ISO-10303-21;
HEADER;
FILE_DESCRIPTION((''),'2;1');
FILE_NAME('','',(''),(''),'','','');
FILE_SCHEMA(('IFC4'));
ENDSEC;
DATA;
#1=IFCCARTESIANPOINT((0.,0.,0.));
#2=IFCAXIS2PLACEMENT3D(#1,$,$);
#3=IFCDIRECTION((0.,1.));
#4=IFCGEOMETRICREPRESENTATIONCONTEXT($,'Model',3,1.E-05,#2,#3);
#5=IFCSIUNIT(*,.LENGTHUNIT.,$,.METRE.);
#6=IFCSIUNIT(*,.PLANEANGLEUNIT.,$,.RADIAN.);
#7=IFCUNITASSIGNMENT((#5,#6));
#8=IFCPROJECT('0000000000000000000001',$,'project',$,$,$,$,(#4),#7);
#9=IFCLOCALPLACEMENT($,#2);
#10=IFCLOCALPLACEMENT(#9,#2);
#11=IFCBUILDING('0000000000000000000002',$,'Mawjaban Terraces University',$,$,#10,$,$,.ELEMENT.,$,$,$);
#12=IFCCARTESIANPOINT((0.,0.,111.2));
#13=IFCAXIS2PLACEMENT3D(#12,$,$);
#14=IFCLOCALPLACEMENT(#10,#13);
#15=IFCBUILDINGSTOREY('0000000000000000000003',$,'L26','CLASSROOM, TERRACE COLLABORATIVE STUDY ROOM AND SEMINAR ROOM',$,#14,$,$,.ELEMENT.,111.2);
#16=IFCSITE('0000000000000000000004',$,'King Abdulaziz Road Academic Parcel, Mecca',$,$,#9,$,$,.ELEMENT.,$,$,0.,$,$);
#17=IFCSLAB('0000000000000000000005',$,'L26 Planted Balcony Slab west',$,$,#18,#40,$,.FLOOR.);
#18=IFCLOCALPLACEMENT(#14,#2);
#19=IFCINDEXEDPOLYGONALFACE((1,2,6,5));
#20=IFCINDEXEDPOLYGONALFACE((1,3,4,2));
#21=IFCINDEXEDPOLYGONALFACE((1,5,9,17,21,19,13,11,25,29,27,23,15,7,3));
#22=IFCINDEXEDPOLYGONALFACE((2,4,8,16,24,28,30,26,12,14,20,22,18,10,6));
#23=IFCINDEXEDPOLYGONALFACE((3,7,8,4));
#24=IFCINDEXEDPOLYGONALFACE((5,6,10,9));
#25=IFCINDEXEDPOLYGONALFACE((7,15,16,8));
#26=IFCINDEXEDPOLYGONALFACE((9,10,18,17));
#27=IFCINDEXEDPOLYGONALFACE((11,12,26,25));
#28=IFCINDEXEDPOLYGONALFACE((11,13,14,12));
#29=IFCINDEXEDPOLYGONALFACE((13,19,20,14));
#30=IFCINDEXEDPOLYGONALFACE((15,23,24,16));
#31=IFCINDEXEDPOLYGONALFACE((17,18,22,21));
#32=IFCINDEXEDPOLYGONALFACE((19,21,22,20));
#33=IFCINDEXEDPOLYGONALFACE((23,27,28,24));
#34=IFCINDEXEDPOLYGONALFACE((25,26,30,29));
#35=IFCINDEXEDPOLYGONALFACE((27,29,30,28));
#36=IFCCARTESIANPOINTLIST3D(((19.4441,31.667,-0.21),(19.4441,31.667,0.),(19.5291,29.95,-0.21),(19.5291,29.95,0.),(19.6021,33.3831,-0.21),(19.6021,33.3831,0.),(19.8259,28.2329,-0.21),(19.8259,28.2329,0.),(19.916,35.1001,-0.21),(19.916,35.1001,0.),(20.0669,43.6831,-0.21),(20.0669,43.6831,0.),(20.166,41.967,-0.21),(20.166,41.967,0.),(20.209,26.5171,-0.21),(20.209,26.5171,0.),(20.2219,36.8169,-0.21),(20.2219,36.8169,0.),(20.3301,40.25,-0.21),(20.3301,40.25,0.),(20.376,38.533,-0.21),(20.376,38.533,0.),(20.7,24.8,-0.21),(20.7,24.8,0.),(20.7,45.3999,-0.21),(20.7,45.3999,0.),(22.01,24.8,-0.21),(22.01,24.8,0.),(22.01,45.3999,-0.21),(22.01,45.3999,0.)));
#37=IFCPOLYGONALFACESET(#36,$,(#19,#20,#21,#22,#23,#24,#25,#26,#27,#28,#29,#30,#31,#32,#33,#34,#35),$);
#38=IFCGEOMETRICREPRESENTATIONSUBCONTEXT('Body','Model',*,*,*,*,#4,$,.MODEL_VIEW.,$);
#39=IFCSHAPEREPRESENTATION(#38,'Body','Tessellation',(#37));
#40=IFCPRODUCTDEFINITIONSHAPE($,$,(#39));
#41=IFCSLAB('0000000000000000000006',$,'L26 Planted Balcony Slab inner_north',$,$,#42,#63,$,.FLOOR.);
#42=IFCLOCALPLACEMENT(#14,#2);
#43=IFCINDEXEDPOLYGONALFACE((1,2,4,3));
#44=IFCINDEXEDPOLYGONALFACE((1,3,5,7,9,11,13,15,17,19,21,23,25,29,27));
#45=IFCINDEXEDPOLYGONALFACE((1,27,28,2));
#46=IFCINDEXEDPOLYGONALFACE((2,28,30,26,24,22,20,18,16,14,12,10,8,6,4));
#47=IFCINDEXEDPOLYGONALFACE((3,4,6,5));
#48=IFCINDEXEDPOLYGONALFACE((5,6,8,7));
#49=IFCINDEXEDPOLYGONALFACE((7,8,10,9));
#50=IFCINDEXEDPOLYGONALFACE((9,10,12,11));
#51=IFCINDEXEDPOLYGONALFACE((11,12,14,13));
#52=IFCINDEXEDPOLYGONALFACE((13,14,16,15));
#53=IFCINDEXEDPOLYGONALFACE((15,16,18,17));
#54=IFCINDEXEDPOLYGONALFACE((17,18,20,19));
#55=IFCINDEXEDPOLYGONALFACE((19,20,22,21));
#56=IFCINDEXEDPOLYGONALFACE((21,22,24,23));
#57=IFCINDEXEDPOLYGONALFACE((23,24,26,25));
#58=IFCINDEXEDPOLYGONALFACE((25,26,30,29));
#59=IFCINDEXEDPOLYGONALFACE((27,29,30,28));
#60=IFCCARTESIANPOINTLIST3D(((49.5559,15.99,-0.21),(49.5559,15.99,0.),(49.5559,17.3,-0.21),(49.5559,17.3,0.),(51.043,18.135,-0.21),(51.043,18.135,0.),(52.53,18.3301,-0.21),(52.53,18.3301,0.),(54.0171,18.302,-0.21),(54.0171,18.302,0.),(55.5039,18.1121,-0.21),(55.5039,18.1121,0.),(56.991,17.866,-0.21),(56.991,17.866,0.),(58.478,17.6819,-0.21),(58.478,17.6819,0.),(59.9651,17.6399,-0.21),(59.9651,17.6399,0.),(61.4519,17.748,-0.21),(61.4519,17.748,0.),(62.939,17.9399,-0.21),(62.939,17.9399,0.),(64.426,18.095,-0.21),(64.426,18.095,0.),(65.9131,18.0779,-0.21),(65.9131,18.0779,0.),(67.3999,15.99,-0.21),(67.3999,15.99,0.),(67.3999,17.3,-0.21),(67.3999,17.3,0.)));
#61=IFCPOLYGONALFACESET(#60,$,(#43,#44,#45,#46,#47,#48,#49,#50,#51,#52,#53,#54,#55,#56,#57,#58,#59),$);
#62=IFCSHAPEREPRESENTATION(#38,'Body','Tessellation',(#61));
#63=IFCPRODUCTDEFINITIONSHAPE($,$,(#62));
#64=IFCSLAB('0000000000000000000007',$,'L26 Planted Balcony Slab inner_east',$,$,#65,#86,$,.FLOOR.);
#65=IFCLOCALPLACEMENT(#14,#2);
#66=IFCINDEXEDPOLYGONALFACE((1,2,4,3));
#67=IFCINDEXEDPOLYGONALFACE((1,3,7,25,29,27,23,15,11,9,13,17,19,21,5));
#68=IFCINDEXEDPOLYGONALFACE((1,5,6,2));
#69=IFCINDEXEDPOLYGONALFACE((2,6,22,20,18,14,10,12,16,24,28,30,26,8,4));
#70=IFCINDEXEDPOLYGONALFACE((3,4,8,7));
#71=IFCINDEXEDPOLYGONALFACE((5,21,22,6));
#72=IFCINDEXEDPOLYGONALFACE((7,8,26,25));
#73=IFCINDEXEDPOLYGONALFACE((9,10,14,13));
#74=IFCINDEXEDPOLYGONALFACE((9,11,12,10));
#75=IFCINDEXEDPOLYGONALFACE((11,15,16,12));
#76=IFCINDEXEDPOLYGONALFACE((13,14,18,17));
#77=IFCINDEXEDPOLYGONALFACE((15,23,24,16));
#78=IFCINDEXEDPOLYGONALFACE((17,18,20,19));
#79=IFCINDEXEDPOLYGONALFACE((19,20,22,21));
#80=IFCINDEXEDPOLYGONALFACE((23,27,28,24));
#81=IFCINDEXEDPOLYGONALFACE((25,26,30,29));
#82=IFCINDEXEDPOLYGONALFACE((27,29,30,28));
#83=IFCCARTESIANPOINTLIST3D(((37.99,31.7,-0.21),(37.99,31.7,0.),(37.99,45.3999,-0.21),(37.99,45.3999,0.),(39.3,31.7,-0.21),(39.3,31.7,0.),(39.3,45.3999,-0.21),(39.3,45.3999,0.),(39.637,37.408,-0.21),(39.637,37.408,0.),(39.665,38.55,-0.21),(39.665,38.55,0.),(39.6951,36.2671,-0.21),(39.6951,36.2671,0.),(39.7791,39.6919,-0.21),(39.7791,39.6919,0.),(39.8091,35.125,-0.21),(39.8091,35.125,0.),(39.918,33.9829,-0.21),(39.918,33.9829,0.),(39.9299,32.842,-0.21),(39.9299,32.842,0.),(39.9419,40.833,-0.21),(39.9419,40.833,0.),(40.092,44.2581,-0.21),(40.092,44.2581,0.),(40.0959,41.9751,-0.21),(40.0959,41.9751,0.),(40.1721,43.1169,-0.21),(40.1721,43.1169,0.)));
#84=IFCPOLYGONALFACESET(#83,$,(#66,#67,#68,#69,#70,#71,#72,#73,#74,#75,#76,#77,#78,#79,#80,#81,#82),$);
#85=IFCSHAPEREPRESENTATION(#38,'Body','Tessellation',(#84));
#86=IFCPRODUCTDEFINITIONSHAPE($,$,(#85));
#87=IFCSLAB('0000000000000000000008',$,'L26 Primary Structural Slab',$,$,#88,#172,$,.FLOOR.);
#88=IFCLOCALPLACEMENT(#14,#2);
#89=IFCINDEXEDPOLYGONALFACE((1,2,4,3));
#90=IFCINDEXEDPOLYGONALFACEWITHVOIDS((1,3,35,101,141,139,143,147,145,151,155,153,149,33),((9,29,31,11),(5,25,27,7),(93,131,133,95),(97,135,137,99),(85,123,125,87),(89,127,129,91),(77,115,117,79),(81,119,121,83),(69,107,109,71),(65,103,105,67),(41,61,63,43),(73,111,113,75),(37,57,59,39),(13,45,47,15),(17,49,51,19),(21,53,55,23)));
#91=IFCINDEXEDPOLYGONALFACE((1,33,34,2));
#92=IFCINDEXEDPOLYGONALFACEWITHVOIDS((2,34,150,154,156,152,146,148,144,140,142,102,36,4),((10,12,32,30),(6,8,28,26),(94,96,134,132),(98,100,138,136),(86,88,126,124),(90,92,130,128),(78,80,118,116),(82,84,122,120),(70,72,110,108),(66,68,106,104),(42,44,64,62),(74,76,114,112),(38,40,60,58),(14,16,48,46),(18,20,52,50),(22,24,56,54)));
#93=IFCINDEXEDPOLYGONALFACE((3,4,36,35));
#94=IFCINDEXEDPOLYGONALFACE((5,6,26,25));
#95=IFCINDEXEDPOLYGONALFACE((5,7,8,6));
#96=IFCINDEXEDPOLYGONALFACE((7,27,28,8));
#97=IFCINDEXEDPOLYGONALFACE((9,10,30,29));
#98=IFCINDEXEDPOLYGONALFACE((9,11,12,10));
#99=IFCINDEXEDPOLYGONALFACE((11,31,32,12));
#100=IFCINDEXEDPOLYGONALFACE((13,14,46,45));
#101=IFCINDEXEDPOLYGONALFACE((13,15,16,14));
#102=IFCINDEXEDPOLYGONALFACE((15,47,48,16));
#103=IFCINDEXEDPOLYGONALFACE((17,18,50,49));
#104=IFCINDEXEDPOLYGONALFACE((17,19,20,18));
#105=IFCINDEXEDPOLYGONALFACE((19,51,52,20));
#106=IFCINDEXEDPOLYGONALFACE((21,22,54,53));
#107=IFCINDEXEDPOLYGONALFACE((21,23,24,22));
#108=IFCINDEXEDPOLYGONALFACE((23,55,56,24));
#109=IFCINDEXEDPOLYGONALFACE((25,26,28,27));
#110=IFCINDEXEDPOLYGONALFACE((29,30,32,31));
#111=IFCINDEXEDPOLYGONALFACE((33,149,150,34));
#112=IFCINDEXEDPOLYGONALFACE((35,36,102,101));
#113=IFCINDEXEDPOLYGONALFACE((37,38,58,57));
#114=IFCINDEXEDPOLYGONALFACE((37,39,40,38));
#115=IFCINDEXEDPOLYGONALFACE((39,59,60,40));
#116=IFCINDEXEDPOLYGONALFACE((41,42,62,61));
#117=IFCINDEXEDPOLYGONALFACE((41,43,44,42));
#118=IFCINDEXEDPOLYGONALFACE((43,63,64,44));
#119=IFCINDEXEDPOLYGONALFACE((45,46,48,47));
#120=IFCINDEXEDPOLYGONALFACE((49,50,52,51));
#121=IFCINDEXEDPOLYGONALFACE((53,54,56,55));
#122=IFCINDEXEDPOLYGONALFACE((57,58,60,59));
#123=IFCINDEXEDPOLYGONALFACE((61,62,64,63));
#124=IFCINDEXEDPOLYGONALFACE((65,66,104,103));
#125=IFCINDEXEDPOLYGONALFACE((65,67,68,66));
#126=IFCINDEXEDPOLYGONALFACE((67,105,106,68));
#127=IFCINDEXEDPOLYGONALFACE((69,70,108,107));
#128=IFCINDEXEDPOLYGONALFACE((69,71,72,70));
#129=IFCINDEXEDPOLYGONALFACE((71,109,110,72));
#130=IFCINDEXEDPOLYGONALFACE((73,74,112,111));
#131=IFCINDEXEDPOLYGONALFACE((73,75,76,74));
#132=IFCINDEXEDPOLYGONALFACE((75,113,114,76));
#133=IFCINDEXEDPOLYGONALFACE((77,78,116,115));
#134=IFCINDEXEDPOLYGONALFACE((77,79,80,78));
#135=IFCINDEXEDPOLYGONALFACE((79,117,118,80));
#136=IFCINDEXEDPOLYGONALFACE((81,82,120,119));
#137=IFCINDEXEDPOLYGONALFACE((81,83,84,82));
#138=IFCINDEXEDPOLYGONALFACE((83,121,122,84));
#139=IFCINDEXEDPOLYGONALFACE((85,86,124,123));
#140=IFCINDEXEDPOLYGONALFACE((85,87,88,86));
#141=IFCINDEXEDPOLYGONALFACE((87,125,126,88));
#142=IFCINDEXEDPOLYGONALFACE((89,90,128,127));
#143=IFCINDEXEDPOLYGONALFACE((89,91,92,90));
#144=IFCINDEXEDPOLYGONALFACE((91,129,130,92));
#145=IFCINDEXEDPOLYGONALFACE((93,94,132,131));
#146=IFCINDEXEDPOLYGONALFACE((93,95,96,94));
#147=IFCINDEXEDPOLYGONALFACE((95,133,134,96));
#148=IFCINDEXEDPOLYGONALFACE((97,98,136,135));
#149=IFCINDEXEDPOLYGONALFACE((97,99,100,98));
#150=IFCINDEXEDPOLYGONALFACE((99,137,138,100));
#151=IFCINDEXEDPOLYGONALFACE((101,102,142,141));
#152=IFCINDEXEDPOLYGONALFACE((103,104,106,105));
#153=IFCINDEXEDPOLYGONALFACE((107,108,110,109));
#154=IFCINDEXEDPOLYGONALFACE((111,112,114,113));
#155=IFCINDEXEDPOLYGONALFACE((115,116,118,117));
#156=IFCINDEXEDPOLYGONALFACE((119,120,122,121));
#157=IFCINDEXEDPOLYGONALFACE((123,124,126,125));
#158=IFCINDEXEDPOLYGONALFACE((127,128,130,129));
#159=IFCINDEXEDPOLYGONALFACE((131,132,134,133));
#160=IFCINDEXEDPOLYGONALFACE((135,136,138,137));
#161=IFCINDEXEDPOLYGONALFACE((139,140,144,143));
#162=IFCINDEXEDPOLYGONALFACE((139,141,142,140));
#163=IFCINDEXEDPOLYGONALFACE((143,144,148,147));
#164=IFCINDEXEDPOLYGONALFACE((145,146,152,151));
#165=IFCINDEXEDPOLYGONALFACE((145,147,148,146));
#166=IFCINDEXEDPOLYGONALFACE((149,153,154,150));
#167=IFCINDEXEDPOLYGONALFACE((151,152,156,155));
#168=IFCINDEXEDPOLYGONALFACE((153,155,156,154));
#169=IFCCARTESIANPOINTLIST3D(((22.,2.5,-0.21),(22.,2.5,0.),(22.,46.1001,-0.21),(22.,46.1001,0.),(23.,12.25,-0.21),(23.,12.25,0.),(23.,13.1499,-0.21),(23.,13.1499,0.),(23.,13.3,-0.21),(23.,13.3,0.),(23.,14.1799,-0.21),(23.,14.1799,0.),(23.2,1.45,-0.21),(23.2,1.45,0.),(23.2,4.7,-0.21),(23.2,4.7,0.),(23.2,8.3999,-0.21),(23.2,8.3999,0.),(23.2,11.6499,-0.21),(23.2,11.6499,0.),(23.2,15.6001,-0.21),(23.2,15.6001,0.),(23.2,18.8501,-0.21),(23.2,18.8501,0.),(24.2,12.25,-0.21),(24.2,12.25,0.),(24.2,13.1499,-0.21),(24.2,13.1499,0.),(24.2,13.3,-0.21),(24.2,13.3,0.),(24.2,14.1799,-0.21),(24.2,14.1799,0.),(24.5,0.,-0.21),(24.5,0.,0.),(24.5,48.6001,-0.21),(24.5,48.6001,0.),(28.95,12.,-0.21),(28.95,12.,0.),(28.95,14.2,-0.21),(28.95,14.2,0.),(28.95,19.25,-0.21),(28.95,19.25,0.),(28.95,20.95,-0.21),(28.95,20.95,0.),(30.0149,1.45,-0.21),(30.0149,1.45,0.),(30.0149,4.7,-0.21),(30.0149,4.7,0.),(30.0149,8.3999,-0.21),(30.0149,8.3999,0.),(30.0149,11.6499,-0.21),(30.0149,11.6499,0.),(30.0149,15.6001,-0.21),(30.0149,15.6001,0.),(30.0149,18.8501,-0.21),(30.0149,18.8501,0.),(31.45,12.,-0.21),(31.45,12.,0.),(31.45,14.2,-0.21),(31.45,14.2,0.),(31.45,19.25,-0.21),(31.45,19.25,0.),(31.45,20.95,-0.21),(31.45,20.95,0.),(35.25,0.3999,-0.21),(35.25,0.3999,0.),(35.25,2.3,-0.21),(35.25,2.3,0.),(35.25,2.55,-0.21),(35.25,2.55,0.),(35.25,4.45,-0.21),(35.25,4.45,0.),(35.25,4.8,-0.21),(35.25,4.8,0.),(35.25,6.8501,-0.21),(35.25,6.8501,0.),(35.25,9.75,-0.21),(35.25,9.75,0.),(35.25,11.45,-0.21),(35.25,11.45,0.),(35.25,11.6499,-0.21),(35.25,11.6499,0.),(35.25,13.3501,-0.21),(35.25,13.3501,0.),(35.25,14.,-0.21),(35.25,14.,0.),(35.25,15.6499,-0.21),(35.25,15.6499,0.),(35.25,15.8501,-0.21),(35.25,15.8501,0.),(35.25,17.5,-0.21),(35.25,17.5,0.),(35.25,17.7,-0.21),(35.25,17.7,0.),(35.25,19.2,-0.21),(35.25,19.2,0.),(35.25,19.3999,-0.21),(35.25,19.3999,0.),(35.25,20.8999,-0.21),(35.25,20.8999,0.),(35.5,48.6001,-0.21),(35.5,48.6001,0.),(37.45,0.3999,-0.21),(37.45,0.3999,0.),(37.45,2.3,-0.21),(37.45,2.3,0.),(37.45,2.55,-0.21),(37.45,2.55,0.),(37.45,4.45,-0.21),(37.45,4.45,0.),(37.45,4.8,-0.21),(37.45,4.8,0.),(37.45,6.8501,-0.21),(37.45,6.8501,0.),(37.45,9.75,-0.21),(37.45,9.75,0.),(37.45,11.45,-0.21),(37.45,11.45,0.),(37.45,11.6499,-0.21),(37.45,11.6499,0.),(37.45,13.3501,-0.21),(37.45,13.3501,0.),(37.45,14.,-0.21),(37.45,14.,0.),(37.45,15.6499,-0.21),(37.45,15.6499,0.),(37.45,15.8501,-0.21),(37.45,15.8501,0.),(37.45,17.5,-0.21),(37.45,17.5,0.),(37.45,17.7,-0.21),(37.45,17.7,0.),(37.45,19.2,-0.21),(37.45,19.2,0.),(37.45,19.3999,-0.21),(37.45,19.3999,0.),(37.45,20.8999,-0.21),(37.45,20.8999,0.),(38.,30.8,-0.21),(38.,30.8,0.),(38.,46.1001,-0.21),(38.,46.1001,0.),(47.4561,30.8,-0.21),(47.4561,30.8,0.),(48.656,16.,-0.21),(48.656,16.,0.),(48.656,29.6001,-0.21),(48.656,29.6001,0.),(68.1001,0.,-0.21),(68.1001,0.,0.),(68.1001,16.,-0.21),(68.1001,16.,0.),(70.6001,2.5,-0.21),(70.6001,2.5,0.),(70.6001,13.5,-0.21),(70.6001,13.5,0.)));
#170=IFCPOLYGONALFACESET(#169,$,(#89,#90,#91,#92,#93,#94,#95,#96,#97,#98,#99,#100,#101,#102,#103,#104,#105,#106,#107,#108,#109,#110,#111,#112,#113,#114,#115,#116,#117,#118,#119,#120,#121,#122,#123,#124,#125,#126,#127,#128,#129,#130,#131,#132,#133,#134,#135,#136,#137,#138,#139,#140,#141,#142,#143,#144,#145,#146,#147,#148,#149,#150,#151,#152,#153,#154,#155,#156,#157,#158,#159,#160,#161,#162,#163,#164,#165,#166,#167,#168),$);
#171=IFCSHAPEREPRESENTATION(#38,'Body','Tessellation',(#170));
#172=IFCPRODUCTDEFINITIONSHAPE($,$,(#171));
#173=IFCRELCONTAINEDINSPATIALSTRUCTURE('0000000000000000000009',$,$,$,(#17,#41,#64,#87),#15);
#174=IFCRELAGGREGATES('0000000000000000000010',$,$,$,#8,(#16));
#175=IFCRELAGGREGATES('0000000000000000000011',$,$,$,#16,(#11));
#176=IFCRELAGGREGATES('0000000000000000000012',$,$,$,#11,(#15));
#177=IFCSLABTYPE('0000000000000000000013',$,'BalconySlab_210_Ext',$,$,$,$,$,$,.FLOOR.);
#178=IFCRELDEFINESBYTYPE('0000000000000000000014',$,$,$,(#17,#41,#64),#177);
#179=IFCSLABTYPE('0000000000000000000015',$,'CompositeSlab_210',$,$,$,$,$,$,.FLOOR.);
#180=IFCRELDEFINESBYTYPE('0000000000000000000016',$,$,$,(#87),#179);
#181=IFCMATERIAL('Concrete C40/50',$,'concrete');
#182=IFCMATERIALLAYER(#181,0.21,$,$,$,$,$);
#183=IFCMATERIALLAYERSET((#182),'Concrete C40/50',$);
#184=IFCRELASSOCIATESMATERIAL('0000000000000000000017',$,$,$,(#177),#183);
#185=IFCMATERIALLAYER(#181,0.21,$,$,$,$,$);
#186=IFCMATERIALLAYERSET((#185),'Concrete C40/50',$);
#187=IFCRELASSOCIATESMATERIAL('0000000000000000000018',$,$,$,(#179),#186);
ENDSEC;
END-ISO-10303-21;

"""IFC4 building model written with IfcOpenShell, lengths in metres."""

from ifc_helpers import new_model, si_unit, direction, frame, origin, place, context, subcontext, project, spatial, polyline, outline, extrude, material, layer, layer_set, type_object, element, save


model = new_model("IFC4")

# Units and contexts
model_context = context("Model", 3, precision=1e-05, world=origin(), true_north=direction((0.0, 1.0)))
body_context = subcontext(model_context, "Body", "Model", "MODEL_VIEW")
ifc_project = project(units=[si_unit("LENGTHUNIT", "METRE"), si_unit("PLANEANGLEUNIT", "RADIAN")], contexts=[model_context])

# Site, building, storey
site_placement = place(None, origin())
site = spatial("IfcSite", under=ifc_project, at=site_placement, Name="King Abdulaziz Road Academic Parcel, Mecca", CompositionType="ELEMENT", RefElevation=0.0)
building_placement = place(site_placement, origin())
building = spatial("IfcBuilding", under=site, at=building_placement, Name="Mawjaban Terraces University", CompositionType="ELEMENT")
storey_placement = place(building_placement, frame((0.0, 0.0, 111.2)))
storey = spatial("IfcBuildingStorey", under=building, at=storey_placement, Name="L26", Description="CLASSROOM, TERRACE COLLABORATIVE STUDY ROOM AND SEMINAR ROOM", CompositionType="ELEMENT", Elevation=111.2)

# Slabs
ifc_material_1 = material(Name="Concrete C40/50", Category="concrete")
ifc_layer_1 = layer(ifc_material_1, 0.21)
ifc_layer_set_1 = layer_set([ifc_layer_1], Name="Concrete C40/50")
slab_type_1 = type_object("IfcSlabType", Name="BalconySlab_210_Ext", PredefinedType="FLOOR", material=ifc_layer_set_1)
slab_1_placement = place(storey_placement, frame((0.0, 0.0, -0.21)))
element("IfcSlab", 1, at=slab_1_placement, inside=storey, type_object=slab_type_1, Name="L26 Planted Balcony Slab west", PredefinedType="FLOOR", context=body_context, shape_type="SweptSolid", body=[
    extrude(outline(polyline([(22.01, 24.8), (22.01, 45.3999), (20.7, 45.3999), (20.0669, 43.6831), (20.166, 41.967), (20.3301, 40.25), (20.376, 38.533), (20.2219, 36.8169), (19.916, 35.1001), (19.6021, 33.3831), (19.4441, 31.667), (19.5291, 29.95), (19.8259, 28.2329), (20.209, 26.5171), (20.7, 24.8), (22.01, 24.8)])), origin(), (0.0, 0.0, 1.0), 0.21),
])
slab_2_placement = place(storey_placement, frame((0.0, 0.0, -0.21)))
element("IfcSlab", 2, at=slab_2_placement, inside=storey, type_object=slab_type_1, Name="L26 Planted Balcony Slab inner_north", PredefinedType="FLOOR", context=body_context, shape_type="SweptSolid", body=[
    extrude(outline(polyline([(49.5559, 15.99), (67.3999, 15.99), (67.3999, 17.3), (65.9131, 18.0779), (64.426, 18.095), (62.939, 17.9399), (61.4519, 17.748), (59.9651, 17.6399), (58.478, 17.6819), (56.991, 17.866), (55.5039, 18.1121), (54.0171, 18.302), (52.53, 18.3301), (51.043, 18.135), (49.5559, 17.3), (49.5559, 15.99)])), origin(), (0.0, 0.0, 1.0), 0.21),
])
slab_3_placement = place(storey_placement, frame((0.0, 0.0, -0.21)))
element("IfcSlab", 3, at=slab_3_placement, inside=storey, type_object=slab_type_1, Name="L26 Planted Balcony Slab inner_east", PredefinedType="FLOOR", context=body_context, shape_type="SweptSolid", body=[
    extrude(outline(polyline([(39.3, 31.7), (39.9299, 32.842), (39.918, 33.9829), (39.8091, 35.125), (39.6951, 36.2671), (39.637, 37.408), (39.665, 38.55), (39.7791, 39.6919), (39.9419, 40.833), (40.0959, 41.9751), (40.1721, 43.1169), (40.092, 44.2581), (39.3, 45.3999), (37.99, 45.3999), (37.99, 31.7), (39.3, 31.7)])), origin(), (0.0, 0.0, 1.0), 0.21),
])
ifc_layer_2 = layer(ifc_material_1, 0.21)
ifc_layer_set_2 = layer_set([ifc_layer_2], Name="Concrete C40/50")
slab_type_2 = type_object("IfcSlabType", Name="CompositeSlab_210", PredefinedType="FLOOR", material=ifc_layer_set_2)
slab_4_placement = place(storey_placement, frame((0.0, 0.0, -0.21)))
element("IfcSlab", 4, at=slab_4_placement, inside=storey, type_object=slab_type_2, Name="L26 Primary Structural Slab", PredefinedType="FLOOR", context=body_context, shape_type="SweptSolid", body=[
    extrude(outline(polyline([(24.5, 0.0), (68.1001, 0.0), (70.6001, 2.5), (70.6001, 13.5), (68.1001, 16.0), (48.656, 16.0), (48.656, 29.6001), (47.4561, 30.8), (38.0, 30.8), (38.0, 46.1001), (35.5, 48.6001), (24.5, 48.6001), (22.0, 46.1001), (22.0, 2.5), (24.5, 0.0)]), holes=[polyline([(30.0149, 4.7), (23.2, 4.7), (23.2, 1.45), (30.0149, 1.45), (30.0149, 4.7)]), polyline([(30.0149, 18.8501), (23.2, 18.8501), (23.2, 15.6001), (30.0149, 15.6001), (30.0149, 18.8501)]), polyline([(30.0149, 11.6499), (23.2, 11.6499), (23.2, 8.3999), (30.0149, 8.3999), (30.0149, 11.6499)]), polyline([(35.25, 0.3999), (37.45, 0.3999), (37.45, 2.3), (35.25, 2.3), (35.25, 0.3999)]), polyline([(35.25, 2.55), (37.45, 2.55), (37.45, 4.45), (35.25, 4.45), (35.25, 2.55)]), polyline([(35.25, 4.8), (37.45, 4.8), (37.45, 6.8501), (35.25, 6.8501), (35.25, 4.8)]), polyline([(35.25, 9.75), (37.45, 9.75), (37.45, 11.45), (35.25, 11.45), (35.25, 9.75)]), polyline([(35.25, 11.6499), (37.45, 11.6499), (37.45, 13.3501), (35.25, 13.3501), (35.25, 11.6499)]), polyline([(28.95, 12.0), (31.45, 12.0), (31.45, 14.2), (28.95, 14.2), (28.95, 12.0)]), polyline([(35.25, 14.0), (37.45, 14.0), (37.45, 15.6499), (35.25, 15.6499), (35.25, 14.0)]), polyline([(35.25, 15.8501), (37.45, 15.8501), (37.45, 17.5), (35.25, 17.5), (35.25, 15.8501)]), polyline([(35.25, 17.7), (37.45, 17.7), (37.45, 19.2), (35.25, 19.2), (35.25, 17.7)]), polyline([(35.25, 19.3999), (37.45, 19.3999), (37.45, 20.8999), (35.25, 20.8999), (35.25, 19.3999)]), polyline([(28.95, 19.25), (31.45, 19.25), (31.45, 20.95), (28.95, 20.95), (28.95, 19.25)]), polyline([(23.0, 12.25), (24.2, 12.25), (24.2, 13.1499), (23.0, 13.1499), (23.0, 12.25)]), polyline([(23.0, 13.3), (24.2, 13.3), (24.2, 14.1799), (23.0, 14.1799), (23.0, 13.3)])]), origin(), (0.0, 0.0, 1.0), 0.21),
])

save(model, "model.ifc")
